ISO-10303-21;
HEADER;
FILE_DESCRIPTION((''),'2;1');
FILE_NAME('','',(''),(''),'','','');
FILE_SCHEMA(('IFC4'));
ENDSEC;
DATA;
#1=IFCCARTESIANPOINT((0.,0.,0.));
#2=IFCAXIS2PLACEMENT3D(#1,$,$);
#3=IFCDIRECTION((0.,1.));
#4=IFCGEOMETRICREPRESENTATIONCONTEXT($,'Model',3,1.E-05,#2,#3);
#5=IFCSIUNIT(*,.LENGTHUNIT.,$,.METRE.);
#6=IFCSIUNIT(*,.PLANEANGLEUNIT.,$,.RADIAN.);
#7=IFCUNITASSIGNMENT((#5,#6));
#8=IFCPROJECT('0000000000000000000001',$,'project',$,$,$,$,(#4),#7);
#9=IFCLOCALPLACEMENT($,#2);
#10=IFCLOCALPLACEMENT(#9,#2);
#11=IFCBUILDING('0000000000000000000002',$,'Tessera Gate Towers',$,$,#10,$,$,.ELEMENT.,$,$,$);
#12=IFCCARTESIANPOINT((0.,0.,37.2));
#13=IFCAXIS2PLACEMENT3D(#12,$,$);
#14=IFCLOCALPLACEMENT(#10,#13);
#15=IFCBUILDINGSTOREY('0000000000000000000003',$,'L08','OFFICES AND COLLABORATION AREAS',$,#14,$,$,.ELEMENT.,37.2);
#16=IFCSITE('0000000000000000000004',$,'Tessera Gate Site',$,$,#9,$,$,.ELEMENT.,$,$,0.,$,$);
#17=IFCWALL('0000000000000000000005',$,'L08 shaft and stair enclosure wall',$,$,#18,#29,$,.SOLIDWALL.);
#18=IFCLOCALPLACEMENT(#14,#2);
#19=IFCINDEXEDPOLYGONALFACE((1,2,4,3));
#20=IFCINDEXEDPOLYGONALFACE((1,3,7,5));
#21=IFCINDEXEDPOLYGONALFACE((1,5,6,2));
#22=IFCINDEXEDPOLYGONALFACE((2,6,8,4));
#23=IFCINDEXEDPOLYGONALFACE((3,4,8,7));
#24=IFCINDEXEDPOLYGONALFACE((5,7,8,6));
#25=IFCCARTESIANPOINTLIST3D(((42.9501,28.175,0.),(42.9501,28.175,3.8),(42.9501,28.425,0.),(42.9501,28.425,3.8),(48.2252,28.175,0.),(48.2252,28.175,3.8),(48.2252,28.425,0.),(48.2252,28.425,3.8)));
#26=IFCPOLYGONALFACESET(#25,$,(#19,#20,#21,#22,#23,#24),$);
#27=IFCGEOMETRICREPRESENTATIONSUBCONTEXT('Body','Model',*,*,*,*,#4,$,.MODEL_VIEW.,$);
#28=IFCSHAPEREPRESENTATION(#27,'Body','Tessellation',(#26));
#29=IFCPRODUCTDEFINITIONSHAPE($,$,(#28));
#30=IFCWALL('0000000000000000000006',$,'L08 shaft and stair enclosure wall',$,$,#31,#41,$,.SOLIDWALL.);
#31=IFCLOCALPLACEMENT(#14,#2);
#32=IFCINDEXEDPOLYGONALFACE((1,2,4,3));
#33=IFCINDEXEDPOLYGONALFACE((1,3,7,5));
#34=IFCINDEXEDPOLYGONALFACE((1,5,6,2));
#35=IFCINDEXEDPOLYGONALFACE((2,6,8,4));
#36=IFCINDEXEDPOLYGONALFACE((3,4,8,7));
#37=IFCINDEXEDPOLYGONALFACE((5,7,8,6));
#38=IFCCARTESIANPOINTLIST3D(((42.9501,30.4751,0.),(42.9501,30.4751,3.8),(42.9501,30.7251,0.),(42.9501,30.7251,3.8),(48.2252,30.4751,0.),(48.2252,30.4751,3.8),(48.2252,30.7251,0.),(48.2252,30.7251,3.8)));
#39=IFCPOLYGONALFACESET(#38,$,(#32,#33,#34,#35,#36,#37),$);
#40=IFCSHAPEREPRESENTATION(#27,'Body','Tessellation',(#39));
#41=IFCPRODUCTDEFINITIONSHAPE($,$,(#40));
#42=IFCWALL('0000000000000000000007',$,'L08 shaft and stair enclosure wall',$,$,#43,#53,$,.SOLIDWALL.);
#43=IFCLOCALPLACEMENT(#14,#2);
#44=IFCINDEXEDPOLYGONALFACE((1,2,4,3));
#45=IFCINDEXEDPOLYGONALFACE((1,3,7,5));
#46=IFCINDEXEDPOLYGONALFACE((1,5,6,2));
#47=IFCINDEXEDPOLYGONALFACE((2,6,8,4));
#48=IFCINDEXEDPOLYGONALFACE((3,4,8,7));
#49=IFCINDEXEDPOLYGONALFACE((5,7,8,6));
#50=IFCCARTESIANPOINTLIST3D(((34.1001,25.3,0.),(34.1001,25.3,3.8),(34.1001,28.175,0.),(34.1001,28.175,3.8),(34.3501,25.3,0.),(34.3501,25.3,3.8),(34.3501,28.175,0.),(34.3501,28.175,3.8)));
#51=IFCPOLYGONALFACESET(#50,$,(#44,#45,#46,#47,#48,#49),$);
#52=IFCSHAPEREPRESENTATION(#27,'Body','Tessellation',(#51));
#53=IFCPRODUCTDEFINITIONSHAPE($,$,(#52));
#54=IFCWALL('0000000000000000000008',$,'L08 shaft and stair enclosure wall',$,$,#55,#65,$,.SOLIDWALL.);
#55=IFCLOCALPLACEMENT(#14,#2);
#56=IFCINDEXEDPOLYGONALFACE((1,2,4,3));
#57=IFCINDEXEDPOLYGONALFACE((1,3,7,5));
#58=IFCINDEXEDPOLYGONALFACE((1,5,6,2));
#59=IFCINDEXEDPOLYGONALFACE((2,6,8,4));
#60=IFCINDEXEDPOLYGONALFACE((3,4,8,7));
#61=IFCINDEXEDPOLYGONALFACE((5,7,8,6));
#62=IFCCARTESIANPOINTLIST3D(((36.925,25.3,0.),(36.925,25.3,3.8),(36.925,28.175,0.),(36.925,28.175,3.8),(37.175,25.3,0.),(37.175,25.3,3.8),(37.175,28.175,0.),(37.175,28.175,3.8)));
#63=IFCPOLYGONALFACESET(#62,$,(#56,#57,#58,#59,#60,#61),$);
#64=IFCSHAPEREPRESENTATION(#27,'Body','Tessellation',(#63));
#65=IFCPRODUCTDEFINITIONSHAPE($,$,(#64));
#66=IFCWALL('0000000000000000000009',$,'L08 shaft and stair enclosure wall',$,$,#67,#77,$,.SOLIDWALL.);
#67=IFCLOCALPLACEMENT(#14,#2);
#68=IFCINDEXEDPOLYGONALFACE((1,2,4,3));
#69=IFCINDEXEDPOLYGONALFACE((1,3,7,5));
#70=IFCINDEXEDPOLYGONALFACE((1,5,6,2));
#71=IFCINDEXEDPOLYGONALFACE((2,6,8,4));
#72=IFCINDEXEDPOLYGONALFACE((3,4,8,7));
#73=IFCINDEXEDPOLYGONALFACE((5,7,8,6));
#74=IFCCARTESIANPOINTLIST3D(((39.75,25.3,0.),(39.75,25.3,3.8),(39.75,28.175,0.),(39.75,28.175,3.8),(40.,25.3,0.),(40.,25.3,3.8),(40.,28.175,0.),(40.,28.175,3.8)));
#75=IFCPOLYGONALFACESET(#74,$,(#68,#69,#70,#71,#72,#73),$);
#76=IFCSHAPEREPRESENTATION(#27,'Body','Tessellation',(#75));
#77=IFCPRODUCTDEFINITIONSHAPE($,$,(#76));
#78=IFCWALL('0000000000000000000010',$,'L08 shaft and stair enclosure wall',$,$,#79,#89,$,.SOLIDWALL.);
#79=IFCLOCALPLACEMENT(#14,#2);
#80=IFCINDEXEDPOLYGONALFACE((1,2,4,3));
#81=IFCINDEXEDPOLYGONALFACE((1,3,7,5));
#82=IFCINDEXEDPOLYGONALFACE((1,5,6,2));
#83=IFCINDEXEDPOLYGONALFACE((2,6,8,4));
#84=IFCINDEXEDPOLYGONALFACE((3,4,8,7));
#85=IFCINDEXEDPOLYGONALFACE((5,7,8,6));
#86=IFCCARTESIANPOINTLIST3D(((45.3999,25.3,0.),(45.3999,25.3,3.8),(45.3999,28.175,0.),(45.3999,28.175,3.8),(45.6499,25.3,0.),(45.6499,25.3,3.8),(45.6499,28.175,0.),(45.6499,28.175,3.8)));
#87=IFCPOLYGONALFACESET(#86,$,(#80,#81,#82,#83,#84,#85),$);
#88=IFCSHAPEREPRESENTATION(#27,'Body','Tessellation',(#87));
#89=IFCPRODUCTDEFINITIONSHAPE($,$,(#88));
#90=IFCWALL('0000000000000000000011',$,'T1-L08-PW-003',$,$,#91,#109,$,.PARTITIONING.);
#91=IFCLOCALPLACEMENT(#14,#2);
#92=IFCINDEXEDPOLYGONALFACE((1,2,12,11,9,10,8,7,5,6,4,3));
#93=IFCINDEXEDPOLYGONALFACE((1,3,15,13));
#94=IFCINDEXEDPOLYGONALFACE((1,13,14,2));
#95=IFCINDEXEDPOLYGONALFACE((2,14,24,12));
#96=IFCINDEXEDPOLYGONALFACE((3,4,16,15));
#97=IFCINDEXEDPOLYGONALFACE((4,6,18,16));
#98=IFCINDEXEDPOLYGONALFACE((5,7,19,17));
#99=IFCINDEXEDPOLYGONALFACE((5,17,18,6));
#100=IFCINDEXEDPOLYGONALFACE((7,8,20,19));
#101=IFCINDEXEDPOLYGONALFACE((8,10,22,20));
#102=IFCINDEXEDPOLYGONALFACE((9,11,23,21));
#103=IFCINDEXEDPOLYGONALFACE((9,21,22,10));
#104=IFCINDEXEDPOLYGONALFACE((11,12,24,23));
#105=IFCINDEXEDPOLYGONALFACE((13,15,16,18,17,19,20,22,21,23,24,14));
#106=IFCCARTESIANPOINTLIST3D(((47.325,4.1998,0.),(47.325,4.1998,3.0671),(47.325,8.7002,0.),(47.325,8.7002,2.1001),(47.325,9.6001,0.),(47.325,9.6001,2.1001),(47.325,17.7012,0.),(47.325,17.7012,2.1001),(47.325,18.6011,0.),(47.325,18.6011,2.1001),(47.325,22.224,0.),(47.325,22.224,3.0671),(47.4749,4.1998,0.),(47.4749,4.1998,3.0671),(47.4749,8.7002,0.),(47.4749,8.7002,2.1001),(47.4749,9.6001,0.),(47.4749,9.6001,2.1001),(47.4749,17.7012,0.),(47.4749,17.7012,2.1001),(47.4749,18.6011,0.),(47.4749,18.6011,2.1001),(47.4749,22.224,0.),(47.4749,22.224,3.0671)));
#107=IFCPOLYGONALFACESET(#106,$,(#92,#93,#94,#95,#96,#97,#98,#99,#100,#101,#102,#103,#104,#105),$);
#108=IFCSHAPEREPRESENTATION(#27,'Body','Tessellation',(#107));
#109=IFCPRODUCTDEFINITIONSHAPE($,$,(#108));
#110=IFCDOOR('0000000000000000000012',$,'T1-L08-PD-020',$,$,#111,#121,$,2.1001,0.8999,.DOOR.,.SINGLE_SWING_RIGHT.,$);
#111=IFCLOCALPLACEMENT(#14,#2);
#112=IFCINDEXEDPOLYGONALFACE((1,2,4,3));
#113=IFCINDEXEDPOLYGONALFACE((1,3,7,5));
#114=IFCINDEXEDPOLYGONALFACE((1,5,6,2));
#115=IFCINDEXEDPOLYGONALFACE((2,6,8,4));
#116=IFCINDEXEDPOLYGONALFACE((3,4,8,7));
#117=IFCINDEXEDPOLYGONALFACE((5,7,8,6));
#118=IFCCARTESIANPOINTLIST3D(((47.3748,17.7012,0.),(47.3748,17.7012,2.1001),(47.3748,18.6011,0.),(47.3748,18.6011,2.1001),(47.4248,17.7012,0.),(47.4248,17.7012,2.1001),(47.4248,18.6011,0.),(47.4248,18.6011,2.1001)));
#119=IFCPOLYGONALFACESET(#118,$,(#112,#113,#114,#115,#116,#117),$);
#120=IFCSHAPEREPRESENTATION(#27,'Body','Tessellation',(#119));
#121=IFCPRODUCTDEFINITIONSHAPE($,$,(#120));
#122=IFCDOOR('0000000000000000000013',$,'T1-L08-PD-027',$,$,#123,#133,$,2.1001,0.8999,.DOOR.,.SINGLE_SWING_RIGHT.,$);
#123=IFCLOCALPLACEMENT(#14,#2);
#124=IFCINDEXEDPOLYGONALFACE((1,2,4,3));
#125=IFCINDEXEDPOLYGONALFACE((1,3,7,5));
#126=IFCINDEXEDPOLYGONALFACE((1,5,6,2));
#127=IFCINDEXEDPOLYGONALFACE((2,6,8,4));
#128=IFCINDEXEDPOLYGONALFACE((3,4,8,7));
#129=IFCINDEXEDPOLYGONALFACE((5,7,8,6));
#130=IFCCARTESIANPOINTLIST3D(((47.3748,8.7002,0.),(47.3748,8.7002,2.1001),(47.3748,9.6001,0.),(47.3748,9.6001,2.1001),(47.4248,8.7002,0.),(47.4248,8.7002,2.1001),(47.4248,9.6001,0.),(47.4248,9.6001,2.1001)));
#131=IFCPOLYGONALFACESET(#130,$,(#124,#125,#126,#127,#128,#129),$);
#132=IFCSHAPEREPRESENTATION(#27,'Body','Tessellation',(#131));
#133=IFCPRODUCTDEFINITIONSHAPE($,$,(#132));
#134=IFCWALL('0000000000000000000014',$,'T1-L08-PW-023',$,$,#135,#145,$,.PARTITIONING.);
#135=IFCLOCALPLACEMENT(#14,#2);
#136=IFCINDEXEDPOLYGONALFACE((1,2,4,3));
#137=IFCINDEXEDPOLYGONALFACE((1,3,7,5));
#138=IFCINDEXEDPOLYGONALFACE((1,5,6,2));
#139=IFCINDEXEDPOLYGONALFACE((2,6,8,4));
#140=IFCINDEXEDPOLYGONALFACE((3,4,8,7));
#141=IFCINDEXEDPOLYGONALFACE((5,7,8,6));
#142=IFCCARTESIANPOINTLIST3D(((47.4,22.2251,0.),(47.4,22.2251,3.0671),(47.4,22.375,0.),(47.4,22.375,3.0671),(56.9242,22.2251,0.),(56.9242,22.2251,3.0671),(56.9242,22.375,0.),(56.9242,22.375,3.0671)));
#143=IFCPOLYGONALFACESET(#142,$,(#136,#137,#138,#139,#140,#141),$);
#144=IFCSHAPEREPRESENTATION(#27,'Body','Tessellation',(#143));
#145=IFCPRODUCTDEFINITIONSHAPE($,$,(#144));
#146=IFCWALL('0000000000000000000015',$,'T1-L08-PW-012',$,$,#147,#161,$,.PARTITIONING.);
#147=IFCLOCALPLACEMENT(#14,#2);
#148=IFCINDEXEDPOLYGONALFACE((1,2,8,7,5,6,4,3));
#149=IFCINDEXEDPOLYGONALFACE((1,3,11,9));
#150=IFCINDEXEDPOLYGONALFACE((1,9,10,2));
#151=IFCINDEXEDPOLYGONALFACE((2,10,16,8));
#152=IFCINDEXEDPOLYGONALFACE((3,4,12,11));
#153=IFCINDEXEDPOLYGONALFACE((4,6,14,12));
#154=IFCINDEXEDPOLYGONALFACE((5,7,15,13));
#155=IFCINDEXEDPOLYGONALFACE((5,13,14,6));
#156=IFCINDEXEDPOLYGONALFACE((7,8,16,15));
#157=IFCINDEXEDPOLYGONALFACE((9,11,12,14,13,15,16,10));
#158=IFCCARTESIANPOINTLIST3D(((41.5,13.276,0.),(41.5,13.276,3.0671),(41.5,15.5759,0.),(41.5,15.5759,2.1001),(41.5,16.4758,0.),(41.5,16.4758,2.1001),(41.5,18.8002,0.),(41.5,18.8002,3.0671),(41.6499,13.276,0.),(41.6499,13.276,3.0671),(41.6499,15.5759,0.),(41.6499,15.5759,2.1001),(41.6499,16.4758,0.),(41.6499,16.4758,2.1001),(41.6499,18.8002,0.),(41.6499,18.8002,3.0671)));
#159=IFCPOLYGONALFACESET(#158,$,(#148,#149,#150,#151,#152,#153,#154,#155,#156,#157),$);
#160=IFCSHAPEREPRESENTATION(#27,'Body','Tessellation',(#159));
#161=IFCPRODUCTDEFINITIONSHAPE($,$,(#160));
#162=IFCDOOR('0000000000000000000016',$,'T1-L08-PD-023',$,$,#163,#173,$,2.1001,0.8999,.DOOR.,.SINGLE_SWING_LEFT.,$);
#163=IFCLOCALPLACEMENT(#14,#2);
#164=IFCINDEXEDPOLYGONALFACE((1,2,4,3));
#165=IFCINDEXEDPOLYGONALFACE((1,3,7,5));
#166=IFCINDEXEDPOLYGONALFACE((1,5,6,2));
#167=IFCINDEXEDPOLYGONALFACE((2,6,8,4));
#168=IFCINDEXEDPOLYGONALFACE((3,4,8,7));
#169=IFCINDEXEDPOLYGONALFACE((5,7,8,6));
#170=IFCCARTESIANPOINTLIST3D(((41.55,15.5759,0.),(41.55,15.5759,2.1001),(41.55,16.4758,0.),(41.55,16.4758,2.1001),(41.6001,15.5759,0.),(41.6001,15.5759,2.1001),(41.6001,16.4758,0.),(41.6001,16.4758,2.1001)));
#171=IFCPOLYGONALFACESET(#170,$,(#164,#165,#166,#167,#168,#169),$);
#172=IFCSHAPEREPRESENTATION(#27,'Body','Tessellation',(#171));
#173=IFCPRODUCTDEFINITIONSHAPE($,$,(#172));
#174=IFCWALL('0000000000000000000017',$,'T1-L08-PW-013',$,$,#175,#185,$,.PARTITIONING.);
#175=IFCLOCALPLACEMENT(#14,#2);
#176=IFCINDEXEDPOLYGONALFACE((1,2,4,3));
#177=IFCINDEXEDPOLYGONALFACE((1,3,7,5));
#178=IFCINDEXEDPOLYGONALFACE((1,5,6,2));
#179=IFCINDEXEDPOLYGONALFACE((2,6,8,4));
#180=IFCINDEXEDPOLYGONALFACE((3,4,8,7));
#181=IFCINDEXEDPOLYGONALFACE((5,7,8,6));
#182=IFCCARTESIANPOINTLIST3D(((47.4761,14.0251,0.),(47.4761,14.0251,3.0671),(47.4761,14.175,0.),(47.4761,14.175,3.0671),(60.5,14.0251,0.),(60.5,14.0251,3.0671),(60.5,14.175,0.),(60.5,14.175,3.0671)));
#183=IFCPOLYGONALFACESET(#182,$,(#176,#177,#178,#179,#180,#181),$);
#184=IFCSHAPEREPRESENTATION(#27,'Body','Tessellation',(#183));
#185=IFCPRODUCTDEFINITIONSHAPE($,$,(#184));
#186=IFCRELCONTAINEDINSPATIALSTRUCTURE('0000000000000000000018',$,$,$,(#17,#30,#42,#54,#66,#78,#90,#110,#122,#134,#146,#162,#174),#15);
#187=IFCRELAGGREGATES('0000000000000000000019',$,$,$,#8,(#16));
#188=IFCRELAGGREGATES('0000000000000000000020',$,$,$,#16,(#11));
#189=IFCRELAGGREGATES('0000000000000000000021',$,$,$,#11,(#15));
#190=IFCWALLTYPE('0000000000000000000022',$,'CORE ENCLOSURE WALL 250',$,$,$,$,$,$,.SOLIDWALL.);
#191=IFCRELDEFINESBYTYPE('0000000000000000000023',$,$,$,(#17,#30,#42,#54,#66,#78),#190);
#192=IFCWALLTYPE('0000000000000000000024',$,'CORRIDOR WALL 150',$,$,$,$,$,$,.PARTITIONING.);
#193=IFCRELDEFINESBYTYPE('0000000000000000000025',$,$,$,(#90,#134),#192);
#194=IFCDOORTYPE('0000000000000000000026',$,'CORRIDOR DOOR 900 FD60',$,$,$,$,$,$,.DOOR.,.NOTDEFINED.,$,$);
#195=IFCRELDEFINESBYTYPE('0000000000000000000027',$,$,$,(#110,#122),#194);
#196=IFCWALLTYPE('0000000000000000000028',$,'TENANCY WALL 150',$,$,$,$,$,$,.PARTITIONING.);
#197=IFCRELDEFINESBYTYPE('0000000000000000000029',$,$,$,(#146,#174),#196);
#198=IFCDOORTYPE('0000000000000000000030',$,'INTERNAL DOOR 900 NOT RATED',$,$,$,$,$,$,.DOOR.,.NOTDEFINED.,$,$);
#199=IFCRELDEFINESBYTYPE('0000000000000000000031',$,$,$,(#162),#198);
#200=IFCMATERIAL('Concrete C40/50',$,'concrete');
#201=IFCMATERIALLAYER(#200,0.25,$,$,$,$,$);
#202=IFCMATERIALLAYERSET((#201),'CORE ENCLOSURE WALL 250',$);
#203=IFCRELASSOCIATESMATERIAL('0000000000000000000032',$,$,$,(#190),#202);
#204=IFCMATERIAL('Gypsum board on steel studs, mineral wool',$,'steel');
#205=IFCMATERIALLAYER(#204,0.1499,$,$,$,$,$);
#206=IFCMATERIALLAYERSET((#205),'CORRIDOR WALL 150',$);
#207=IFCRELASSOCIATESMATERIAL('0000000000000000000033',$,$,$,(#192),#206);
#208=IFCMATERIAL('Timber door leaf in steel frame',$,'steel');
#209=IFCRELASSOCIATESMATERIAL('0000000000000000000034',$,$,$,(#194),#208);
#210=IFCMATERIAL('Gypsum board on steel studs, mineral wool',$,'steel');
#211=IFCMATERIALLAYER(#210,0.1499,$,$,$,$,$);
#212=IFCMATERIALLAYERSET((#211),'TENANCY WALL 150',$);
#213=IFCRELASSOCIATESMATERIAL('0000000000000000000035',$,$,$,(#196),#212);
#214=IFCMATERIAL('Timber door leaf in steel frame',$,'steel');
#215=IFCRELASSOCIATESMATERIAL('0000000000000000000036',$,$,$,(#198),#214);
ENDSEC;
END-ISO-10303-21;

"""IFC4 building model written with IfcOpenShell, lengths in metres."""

from ifc_helpers import new_model, si_unit, direction, frame, frame_2d, origin, place, context, subcontext, project, spatial, rectangle, extrude, source, transform, mapped, material, layer, layer_set, type_object, element, fill, save


model = new_model("IFC4")

# Units and contexts
model_context = context("Model", 3, precision=1e-05, world=origin(), true_north=direction((0.0, 1.0)))
body_context = subcontext(model_context, "Body", "Model", "MODEL_VIEW")
ifc_project = project(units=[si_unit("LENGTHUNIT", "METRE"), si_unit("PLANEANGLEUNIT", "RADIAN")], contexts=[model_context])

# Site, building, storey
site_placement = place(None, origin())
site = spatial("IfcSite", under=ifc_project, at=site_placement, Name="Tessera Gate Site", CompositionType="ELEMENT", RefElevation=0.0)
building_placement = place(site_placement, origin())
building = spatial("IfcBuilding", under=site, at=building_placement, Name="Tessera Gate Towers", CompositionType="ELEMENT")
storey_placement = place(building_placement, frame((0.0, 0.0, 37.2)))
storey = spatial("IfcBuildingStorey", under=building, at=storey_placement, Name="L08", Description="OFFICES AND COLLABORATION AREAS", CompositionType="ELEMENT", Elevation=37.2)

# Walls
ifc_material_1 = material(Name="Concrete C40/50", Category="concrete")
ifc_layer_1 = layer(ifc_material_1, 0.25)
ifc_layer_set_1 = layer_set([ifc_layer_1], Name="CORE ENCLOSURE WALL 250")
wall_type_1 = type_object("IfcWallType", Name="CORE ENCLOSURE WALL 250", PredefinedType="SOLIDWALL", material=ifc_layer_set_1)
for number, where, z_axis, x_axis, name in (
    (1, (42.95, 28.3, 0.0), (0.0, 0.0, 1.0), (1.0, 0.0, 0.0), "L08 shaft and stair enclosure wall"),
    (2, (42.95, 30.6001, 0.0), (0.0, 0.0, 1.0), (1.0, 0.0, 0.0), "L08 shaft and stair enclosure wall"),
):
    element("IfcWall", number, at=place(storey_placement, frame(where, z_axis=z_axis, x_axis=x_axis)), inside=storey, type_object=wall_type_1, Name=name, PredefinedType="SOLIDWALL", context=body_context, shape_type="SweptSolid", body=[
        extrude(rectangle(XDim=5.2751, YDim=0.25, at=frame_2d((2.6377, 0.0))), origin(), (0.0, 0.0, 1.0), 3.8),
    ])
for number, where, z_axis, x_axis, name in (
    (3, (34.2251, 25.3, 0.0), (0.0, 0.0, 1.0), (0.0, 1.0, 0.0), "L08 shaft and stair enclosure wall"),
    (4, (37.05, 25.3, 0.0), (0.0, 0.0, 1.0), (0.0, 1.0, 0.0), "L08 shaft and stair enclosure wall"),
    (5, (39.875, 25.3, 0.0), (0.0, 0.0, 1.0), (0.0, 1.0, 0.0), "L08 shaft and stair enclosure wall"),
    (6, (45.5249, 25.3, 0.0), (0.0, 0.0, 1.0), (0.0, 1.0, 0.0), "L08 shaft and stair enclosure wall"),
):
    element("IfcWall", number, at=place(storey_placement, frame(where, z_axis=z_axis, x_axis=x_axis)), inside=storey, type_object=wall_type_1, Name=name, PredefinedType="SOLIDWALL", context=body_context, shape_type="SweptSolid", body=[
        extrude(rectangle(XDim=2.875, YDim=0.25, at=frame_2d((1.4375, 0.0))), origin(), (0.0, 0.0, 1.0), 3.8),
    ])

# Wall, openings, doors
ifc_material_2 = material(Name="Gypsum board on steel studs, mineral wool", Category="steel")
ifc_layer_2 = layer(ifc_material_2, 0.1499)
ifc_layer_set_2 = layer_set([ifc_layer_2], Name="CORRIDOR WALL 150")
wall_type_2 = type_object("IfcWallType", Name="CORRIDOR WALL 150", PredefinedType="PARTITIONING", material=ifc_layer_set_2)
wall_1_placement = place(storey_placement, frame((47.3999, 22.2241, 0.0), z_axis=(0.0, 0.0, 1.0), x_axis=(0.0, -1.0, 0.0)))
wall_1 = element("IfcWall", 7, at=wall_1_placement, inside=storey, type_object=wall_type_2, Name="T1-L08-PW-003", PredefinedType="PARTITIONING", context=body_context, shape_type="SweptSolid", body=[
    extrude(rectangle(XDim=18.0242, YDim=0.1499, at=frame_2d((9.0122, 0.0))), origin(), (0.0, 0.0, 1.0), 3.0671),
])
shared_shape_1 = source(origin(), body_context, "Body", "SweptSolid", [
    extrude(rectangle(XDim=0.8999, YDim=2.1001, at=frame_2d((0.45, 1.05))), frame((0.0, 0.085, 0.0), z_axis=(0.0, -1.0, 0.0), x_axis=(1.0, 0.0, 0.0)), (0.0, 0.0, 1.0), 0.1699),
])
opening_1_placement = place(wall_1_placement, frame((3.623, 0.0, 0.0)))
opening_1 = element("IfcOpeningElement", 8, at=opening_1_placement, cuts=wall_1, PredefinedType="OPENING", context=body_context, shape_type="MappedRepresentation", body=[
    mapped(shared_shape_1, transform((0.0, 0.0, 0.0), scale=1.0)),
])
opening_2_placement = place(wall_1_placement, frame((12.624, 0.0, 0.0)))
opening_2 = element("IfcOpeningElement", 9, at=opening_2_placement, cuts=wall_1, PredefinedType="OPENING", context=body_context, shape_type="MappedRepresentation", body=[
    mapped(shared_shape_1, transform((0.0, 0.0, 0.0), scale=1.0)),
])
ifc_material_3 = material(Name="Timber door leaf in steel frame", Category="steel")
door_type_1 = type_object("IfcDoorType", Name="CORRIDOR DOOR 900 FD60", OperationType="NOTDEFINED", PredefinedType="DOOR", material=ifc_material_3)
shared_shape_2 = source(origin(), body_context, "Body", "SweptSolid", [
    extrude(rectangle(XDim=0.8999, YDim=2.1001, at=frame_2d((0.45, 1.05))), frame((0.0, 0.0249, 0.0), z_axis=(0.0, -1.0, 0.0), x_axis=(1.0, 0.0, 0.0)), (0.0, 0.0, 1.0), 0.05),
])
door_1_placement = place(opening_1_placement, origin())
door_1 = element("IfcDoor", 10, at=door_1_placement, inside=storey, type_object=door_type_1, Name="T1-L08-PD-020", OperationType="SINGLE_SWING_RIGHT", OverallHeight=2.1001, OverallWidth=0.8999, PredefinedType="DOOR", context=body_context, shape_type="MappedRepresentation", body=[
    mapped(shared_shape_2, transform((0.0, 0.0, 0.0), scale=1.0)),
])
fill(opening_1, door_1)
door_2_placement = place(opening_2_placement, origin())
door_2 = element("IfcDoor", 11, at=door_2_placement, inside=storey, type_object=door_type_1, Name="T1-L08-PD-027", OperationType="SINGLE_SWING_RIGHT", OverallHeight=2.1001, OverallWidth=0.8999, PredefinedType="DOOR", context=body_context, shape_type="MappedRepresentation", body=[
    mapped(shared_shape_2, transform((0.0, 0.0, 0.0), scale=1.0)),
])
fill(opening_2, door_2)

# Wall
wall_2_placement = place(storey_placement, frame((47.3999, 22.3, 0.0), z_axis=(0.0, 0.0, 1.0), x_axis=(1.0, 0.0, 0.0)))
element("IfcWall", 12, at=wall_2_placement, inside=storey, type_object=wall_type_2, Name="T1-L08-PW-023", PredefinedType="PARTITIONING", context=body_context, shape_type="SweptSolid", body=[
    extrude(rectangle(XDim=9.5242, YDim=0.1499, at=frame_2d((4.7622, 0.0))), origin(), (0.0, 0.0, 1.0), 3.0671),
])

# Wall, opening, door
ifc_material_4 = material(Name="Gypsum board on steel studs, mineral wool", Category="steel")
ifc_layer_3 = layer(ifc_material_4, 0.1499)
ifc_layer_set_3 = layer_set([ifc_layer_3], Name="TENANCY WALL 150")
wall_type_3 = type_object("IfcWallType", Name="TENANCY WALL 150", PredefinedType="PARTITIONING", material=ifc_layer_set_3)
wall_3_placement = place(storey_placement, frame((41.575, 13.2759, 0.0), z_axis=(0.0, 0.0, 1.0), x_axis=(0.0, 1.0, 0.0)))
wall_3 = element("IfcWall", 13, at=wall_3_placement, inside=storey, type_object=wall_type_3, Name="T1-L08-PW-012", PredefinedType="PARTITIONING", context=body_context, shape_type="SweptSolid", body=[
    extrude(rectangle(XDim=5.5242, YDim=0.1499, at=frame_2d((2.7622, 0.0))), origin(), (0.0, 0.0, 1.0), 3.0671),
])
opening_3_placement = place(wall_3_placement, frame((2.3, 0.0, 0.0)))
opening_3 = element("IfcOpeningElement", 14, at=opening_3_placement, cuts=wall_3, PredefinedType="OPENING", context=body_context, shape_type="MappedRepresentation", body=[
    mapped(shared_shape_1, transform((0.0, 0.0, 0.0), scale=1.0)),
])
ifc_material_5 = material(Name="Timber door leaf in steel frame", Category="steel")
door_type_2 = type_object("IfcDoorType", Name="INTERNAL DOOR 900 NOT RATED", OperationType="NOTDEFINED", PredefinedType="DOOR", material=ifc_material_5)
door_3_placement = place(opening_3_placement, origin())
door_3 = element("IfcDoor", 15, at=door_3_placement, inside=storey, type_object=door_type_2, Name="T1-L08-PD-023", OperationType="SINGLE_SWING_LEFT", OverallHeight=2.1001, OverallWidth=0.8999, PredefinedType="DOOR", context=body_context, shape_type="MappedRepresentation", body=[
    mapped(shared_shape_2, transform((0.0, 0.0, 0.0), scale=1.0)),
])
fill(opening_3, door_3)

# Wall
wall_4_placement = place(storey_placement, frame((47.4761, 14.1001, 0.0), z_axis=(0.0, 0.0, 1.0), x_axis=(1.0, 0.0, 0.0)))
element("IfcWall", 16, at=wall_4_placement, inside=storey, type_object=wall_type_3, Name="T1-L08-PW-013", PredefinedType="PARTITIONING", context=body_context, shape_type="SweptSolid", body=[
    extrude(rectangle(XDim=13.0239, YDim=0.1499, at=frame_2d((6.512, 0.0))), origin(), (0.0, 0.0, 1.0), 3.0671),
])

save(model, "model.ifc")
